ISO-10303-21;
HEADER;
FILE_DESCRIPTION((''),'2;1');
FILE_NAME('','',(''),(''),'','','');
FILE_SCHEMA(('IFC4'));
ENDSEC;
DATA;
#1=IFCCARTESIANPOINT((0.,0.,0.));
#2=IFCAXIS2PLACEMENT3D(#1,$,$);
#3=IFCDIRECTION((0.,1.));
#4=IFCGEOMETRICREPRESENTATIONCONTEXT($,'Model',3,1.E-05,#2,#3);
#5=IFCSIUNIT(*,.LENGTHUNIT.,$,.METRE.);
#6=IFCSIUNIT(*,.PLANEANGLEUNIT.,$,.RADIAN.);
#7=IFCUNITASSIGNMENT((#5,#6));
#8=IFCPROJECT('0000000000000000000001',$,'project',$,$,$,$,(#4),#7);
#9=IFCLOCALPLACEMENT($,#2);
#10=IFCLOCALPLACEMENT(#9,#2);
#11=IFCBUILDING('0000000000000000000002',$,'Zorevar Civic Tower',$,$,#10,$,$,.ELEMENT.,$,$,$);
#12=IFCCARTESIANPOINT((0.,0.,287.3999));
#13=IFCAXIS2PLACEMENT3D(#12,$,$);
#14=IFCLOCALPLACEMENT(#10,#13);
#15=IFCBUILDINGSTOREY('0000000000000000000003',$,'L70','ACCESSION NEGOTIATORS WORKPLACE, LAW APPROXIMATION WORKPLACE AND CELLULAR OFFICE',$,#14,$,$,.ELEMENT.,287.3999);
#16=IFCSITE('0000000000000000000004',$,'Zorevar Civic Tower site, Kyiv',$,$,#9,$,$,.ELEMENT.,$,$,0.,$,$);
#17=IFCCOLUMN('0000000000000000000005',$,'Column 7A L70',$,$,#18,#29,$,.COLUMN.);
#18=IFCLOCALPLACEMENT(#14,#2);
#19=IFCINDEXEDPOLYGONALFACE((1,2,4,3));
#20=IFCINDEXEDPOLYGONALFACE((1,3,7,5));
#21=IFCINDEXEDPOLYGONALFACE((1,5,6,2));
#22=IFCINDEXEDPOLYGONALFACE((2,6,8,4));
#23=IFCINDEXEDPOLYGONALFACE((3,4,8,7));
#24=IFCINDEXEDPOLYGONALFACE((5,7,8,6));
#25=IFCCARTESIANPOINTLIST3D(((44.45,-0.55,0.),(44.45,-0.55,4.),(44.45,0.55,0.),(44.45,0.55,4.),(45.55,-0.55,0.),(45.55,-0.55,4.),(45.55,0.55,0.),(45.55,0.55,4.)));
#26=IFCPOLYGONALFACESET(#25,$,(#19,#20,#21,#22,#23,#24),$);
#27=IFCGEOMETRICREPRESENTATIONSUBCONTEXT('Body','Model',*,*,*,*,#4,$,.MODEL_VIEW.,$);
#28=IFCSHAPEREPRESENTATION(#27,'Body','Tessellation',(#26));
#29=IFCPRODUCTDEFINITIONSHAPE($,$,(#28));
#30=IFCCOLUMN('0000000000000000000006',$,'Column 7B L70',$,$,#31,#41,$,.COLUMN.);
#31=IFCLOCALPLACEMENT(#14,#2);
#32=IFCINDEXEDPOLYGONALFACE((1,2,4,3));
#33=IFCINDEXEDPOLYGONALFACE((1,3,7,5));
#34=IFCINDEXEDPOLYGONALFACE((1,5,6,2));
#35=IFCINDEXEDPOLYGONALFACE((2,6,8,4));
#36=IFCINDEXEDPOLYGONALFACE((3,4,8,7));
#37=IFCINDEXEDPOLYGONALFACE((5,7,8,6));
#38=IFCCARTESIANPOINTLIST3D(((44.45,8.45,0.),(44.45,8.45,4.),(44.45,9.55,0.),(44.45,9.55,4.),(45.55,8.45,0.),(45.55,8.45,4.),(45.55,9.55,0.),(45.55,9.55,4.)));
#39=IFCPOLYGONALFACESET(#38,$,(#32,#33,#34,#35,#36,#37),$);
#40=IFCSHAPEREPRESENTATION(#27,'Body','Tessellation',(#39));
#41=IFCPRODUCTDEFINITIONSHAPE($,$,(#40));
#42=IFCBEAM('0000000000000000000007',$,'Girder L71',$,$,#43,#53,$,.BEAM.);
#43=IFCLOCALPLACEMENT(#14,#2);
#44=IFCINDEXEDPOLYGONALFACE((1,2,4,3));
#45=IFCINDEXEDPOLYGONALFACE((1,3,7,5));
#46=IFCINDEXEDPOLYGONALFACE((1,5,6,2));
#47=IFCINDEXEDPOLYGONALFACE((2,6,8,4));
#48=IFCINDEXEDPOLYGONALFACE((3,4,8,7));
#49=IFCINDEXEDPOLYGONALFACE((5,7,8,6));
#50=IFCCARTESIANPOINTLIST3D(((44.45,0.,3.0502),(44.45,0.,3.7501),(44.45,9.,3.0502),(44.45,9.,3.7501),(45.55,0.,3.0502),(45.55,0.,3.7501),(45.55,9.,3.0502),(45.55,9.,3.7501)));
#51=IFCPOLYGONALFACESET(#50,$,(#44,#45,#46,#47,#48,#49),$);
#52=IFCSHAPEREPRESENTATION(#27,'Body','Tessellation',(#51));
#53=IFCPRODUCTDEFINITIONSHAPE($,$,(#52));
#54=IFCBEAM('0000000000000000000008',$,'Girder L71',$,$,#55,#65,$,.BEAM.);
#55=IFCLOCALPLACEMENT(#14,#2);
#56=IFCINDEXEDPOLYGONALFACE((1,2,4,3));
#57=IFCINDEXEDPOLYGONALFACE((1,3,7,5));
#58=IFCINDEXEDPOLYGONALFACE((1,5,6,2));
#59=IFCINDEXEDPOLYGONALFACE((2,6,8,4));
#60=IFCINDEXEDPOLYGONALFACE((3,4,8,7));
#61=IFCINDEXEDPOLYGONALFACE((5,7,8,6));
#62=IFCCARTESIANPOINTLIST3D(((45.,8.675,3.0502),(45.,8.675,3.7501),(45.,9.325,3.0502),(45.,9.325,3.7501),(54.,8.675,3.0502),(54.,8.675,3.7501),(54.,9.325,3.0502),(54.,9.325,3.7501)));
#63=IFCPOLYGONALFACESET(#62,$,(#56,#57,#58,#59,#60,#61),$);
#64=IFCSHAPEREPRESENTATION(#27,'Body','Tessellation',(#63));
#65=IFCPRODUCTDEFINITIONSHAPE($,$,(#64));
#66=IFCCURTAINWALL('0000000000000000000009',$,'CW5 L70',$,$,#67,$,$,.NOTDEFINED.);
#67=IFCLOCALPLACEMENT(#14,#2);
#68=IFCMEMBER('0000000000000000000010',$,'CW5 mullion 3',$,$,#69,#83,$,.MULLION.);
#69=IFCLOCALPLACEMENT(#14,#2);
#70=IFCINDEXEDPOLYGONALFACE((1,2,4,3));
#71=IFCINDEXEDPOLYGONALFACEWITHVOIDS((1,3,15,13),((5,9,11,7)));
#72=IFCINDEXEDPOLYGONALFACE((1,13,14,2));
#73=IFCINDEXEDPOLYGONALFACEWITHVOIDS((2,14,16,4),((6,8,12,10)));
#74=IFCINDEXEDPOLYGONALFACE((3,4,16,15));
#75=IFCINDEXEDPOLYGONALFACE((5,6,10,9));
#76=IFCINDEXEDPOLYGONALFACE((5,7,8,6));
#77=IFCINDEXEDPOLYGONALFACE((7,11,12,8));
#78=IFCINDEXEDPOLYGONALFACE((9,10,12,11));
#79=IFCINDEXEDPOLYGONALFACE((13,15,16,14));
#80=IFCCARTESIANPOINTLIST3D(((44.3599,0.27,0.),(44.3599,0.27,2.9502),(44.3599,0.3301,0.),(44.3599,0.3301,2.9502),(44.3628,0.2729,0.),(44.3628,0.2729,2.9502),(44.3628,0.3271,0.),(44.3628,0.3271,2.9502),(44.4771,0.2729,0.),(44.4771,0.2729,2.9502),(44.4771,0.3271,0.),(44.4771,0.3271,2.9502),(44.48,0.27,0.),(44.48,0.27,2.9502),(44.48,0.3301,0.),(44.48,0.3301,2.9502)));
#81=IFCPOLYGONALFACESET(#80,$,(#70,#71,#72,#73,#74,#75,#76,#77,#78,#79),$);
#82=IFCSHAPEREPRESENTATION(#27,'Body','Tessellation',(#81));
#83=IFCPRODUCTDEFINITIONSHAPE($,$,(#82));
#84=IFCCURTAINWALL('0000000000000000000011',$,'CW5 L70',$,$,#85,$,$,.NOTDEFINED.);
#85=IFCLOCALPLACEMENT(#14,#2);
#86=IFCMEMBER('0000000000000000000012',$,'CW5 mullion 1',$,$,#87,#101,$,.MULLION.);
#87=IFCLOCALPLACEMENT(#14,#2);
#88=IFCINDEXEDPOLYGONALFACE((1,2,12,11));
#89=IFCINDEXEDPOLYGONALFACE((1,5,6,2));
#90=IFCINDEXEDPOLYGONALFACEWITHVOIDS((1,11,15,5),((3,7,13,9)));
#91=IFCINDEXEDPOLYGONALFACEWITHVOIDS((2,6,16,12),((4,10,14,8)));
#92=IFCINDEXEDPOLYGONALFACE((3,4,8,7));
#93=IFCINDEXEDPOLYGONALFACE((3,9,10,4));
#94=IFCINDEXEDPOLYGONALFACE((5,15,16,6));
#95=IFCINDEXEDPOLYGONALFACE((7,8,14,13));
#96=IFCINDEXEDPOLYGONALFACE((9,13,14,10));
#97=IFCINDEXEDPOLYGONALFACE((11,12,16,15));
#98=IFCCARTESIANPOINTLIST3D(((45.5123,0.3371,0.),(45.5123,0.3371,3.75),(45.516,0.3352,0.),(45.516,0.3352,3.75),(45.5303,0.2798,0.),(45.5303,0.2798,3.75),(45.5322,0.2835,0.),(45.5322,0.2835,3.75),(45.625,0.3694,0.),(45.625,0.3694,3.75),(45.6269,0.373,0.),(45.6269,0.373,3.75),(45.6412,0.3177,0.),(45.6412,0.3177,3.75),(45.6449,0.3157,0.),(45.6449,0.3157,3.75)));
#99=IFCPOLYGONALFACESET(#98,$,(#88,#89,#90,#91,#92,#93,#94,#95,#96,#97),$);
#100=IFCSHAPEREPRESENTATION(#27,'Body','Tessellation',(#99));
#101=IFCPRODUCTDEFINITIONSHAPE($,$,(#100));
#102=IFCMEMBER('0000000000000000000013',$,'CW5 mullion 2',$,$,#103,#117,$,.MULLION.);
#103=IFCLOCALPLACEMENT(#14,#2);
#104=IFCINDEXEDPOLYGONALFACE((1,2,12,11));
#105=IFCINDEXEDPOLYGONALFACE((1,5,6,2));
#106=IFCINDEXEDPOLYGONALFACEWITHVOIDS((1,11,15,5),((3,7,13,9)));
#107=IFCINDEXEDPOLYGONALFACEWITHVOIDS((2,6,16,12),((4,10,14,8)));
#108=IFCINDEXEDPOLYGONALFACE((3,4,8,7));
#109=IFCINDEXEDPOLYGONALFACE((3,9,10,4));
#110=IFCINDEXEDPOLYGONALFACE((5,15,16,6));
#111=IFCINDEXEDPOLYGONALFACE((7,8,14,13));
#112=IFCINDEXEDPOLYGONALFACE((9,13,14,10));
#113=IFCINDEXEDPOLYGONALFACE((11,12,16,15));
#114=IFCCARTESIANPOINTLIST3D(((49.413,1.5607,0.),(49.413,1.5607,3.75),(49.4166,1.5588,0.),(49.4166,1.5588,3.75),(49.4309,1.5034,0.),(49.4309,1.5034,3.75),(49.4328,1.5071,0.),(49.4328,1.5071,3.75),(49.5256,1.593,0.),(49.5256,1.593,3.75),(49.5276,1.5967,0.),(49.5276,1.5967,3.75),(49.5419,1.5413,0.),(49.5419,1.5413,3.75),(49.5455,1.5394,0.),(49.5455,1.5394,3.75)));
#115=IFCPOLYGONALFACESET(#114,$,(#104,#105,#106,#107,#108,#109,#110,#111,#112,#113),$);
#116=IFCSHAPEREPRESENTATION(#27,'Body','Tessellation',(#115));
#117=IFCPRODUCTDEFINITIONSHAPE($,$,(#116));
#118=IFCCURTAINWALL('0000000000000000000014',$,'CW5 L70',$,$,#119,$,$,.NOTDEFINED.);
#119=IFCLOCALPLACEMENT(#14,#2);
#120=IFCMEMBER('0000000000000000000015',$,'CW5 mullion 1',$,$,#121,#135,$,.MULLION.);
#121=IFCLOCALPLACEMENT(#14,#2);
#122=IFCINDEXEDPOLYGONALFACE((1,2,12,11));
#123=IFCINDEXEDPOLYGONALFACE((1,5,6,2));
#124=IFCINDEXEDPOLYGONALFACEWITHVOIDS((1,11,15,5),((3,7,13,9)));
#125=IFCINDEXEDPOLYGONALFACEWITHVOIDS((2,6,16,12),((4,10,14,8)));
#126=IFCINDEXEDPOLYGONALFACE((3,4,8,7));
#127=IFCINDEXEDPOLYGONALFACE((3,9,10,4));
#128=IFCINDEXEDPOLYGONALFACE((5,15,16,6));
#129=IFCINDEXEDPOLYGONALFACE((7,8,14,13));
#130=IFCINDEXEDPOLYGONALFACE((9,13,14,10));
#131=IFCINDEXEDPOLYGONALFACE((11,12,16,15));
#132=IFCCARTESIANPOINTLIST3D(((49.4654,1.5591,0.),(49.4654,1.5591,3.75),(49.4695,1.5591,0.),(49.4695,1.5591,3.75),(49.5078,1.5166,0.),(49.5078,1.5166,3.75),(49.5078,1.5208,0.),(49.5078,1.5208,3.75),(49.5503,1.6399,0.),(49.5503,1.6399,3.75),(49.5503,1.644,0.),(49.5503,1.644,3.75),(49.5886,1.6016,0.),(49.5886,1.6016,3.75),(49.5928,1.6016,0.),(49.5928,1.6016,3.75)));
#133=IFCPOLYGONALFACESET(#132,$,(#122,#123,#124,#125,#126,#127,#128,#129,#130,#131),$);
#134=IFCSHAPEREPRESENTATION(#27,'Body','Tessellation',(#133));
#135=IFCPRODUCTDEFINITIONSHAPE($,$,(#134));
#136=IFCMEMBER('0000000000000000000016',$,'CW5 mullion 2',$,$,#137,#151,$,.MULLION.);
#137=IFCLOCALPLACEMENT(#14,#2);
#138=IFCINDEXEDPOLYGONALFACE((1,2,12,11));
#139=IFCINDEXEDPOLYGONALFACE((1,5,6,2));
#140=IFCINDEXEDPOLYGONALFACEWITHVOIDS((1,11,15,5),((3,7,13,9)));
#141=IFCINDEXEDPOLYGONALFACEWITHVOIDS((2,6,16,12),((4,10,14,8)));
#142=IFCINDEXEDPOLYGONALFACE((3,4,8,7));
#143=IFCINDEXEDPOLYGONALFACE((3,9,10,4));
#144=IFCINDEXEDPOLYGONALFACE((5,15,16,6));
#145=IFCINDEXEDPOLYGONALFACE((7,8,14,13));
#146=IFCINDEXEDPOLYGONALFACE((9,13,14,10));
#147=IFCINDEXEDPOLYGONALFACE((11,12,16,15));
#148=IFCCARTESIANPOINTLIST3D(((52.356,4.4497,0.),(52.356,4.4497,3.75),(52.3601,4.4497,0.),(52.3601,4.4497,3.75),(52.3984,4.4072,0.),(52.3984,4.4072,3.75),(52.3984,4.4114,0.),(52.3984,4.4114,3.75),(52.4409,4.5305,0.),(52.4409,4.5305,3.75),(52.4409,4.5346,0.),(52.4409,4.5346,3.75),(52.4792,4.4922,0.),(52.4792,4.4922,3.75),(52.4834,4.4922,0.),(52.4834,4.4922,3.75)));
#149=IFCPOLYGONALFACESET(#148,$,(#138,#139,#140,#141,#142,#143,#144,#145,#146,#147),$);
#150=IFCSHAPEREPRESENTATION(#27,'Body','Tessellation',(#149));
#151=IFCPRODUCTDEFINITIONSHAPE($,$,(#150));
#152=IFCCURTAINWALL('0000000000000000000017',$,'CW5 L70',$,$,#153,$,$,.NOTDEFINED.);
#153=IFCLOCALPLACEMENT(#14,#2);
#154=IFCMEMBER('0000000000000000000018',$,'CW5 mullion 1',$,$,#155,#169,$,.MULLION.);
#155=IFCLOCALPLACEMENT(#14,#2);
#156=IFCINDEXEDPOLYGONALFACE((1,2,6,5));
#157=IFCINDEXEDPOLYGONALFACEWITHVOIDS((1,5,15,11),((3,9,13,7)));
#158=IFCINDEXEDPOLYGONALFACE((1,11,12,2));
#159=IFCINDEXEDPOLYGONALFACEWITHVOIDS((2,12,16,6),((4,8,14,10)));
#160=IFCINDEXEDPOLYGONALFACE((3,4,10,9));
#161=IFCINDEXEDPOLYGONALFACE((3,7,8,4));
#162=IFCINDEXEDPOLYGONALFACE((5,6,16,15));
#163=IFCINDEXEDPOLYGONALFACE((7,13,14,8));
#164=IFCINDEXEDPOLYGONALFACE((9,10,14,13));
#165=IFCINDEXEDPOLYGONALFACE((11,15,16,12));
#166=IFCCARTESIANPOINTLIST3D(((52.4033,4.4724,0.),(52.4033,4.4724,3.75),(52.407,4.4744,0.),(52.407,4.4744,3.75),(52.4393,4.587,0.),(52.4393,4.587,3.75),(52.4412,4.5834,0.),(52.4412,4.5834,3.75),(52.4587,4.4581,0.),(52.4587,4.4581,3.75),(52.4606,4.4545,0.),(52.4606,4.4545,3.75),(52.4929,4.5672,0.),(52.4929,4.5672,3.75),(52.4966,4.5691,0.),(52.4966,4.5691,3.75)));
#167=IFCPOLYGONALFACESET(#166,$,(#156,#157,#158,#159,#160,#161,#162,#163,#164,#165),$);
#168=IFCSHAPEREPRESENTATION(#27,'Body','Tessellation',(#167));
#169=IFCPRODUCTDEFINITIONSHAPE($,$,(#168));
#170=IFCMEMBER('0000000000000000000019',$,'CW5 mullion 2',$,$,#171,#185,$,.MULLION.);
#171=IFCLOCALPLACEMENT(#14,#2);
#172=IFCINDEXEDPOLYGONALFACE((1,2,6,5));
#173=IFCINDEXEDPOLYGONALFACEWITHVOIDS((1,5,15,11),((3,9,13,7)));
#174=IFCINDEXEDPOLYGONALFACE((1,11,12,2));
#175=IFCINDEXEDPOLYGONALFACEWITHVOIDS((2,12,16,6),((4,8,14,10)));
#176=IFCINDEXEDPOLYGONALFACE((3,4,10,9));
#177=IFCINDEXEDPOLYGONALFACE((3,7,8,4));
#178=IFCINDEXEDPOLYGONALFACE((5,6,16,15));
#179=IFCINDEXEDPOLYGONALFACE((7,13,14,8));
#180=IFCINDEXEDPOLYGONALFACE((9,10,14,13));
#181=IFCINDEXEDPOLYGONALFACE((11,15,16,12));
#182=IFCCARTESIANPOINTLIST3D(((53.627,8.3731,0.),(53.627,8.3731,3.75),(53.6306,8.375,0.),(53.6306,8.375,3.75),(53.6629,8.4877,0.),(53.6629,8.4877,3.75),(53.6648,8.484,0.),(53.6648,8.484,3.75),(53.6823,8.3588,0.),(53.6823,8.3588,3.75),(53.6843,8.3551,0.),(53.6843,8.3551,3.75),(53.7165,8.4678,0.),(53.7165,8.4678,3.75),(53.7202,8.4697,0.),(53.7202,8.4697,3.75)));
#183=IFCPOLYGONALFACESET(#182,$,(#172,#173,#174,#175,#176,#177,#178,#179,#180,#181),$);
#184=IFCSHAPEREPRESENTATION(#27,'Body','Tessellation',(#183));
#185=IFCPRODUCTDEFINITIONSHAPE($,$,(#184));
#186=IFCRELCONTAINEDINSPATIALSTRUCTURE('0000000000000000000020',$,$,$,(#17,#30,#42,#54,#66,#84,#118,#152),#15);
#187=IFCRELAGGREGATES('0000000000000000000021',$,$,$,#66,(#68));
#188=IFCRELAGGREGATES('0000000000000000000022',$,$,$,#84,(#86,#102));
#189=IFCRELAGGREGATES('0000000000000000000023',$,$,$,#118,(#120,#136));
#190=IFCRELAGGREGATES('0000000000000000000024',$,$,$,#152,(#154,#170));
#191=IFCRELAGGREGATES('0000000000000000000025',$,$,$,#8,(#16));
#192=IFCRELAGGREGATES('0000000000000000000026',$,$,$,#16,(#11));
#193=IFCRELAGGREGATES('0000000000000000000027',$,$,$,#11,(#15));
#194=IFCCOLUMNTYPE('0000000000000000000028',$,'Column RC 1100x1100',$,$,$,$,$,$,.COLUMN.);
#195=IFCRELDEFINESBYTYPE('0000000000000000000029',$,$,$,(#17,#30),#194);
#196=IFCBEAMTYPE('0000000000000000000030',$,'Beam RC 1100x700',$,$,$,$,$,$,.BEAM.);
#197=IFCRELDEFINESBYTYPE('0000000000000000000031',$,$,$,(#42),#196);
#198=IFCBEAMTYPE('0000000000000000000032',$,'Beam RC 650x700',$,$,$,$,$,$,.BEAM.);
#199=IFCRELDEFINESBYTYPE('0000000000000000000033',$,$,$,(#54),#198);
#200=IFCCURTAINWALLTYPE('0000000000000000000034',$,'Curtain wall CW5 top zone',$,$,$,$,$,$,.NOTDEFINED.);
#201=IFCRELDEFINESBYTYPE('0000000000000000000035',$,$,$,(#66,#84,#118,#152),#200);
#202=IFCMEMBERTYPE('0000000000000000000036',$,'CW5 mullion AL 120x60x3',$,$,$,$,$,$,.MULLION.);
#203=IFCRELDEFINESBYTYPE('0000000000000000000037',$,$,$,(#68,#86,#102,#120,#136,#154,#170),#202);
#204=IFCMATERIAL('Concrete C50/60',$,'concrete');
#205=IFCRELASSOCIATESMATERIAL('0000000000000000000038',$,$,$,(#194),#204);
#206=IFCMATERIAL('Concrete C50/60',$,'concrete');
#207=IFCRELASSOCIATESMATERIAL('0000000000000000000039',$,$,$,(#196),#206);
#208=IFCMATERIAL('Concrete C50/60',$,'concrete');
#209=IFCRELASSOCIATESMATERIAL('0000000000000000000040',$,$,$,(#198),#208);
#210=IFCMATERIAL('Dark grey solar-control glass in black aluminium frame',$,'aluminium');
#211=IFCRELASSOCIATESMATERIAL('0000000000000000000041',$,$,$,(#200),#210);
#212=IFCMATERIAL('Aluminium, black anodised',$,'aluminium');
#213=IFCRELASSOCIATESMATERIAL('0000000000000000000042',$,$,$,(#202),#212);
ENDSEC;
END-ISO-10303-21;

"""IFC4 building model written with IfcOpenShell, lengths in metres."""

from ifc_helpers import new_model, si_unit, direction, frame, origin, origin_2d, place, context, subcontext, project, spatial, rectangle, hollow_rectangle, extrude, material, material_profile, profile_set, type_object, element, aggregate, save


model = new_model("IFC4")

# Units and contexts
model_context = context("Model", 3, precision=1e-05, world=origin(), true_north=direction((0.0, 1.0)))
body_context = subcontext(model_context, "Body", "Model", "MODEL_VIEW")
ifc_project = project(units=[si_unit("LENGTHUNIT", "METRE"), si_unit("PLANEANGLEUNIT", "RADIAN")], contexts=[model_context])

# Site, building, storey
site_placement = place(None, origin())
site = spatial("IfcSite", under=ifc_project, at=site_placement, Name="Zorevar Civic Tower site, Kyiv", CompositionType="ELEMENT", RefElevation=0.0)
building_placement = place(site_placement, origin())
building = spatial("IfcBuilding", under=site, at=building_placement, Name="Zorevar Civic Tower", CompositionType="ELEMENT")
storey_placement = place(building_placement, frame((0.0, 0.0, 287.3999)))
storey = spatial("IfcBuildingStorey", under=building, at=storey_placement, Name="L70", Description="ACCESSION NEGOTIATORS WORKPLACE, LAW APPROXIMATION WORKPLACE AND CELLULAR OFFICE", CompositionType="ELEMENT", Elevation=287.3999)

# Columns
ifc_material_1 = material(Name="Concrete C50/60", Category="concrete")
ifc_material_profile_1 = material_profile(ifc_material_1, rectangle(XDim=1.1001, YDim=1.1001, at=origin_2d()), Name="RC 1100x1100")
ifc_profile_set_1 = profile_set([ifc_material_profile_1], Name="Concrete C50/60")
column_type = type_object("IfcColumnType", Name="Column RC 1100x1100", PredefinedType="COLUMN", material=ifc_profile_set_1)
for number, where, z_axis, x_axis, name in (
    (1, (45.0, 0.0, 0.0), (0.0, 0.0, 1.0), (1.0, 0.0, 0.0), "Column 7A L70"),
    (2, (45.0, 9.0, 0.0), (0.0, 0.0, 1.0), (1.0, 0.0, 0.0), "Column 7B L70"),
):
    element("IfcColumn", number, at=place(storey_placement, frame(where, z_axis=z_axis, x_axis=x_axis)), inside=storey, type_object=column_type, Name=name, PredefinedType="COLUMN", context=body_context, shape_type="SweptSolid", body=[
        extrude(rectangle(XDim=1.1001, YDim=1.1001, at=origin_2d()), origin(), (0.0, 0.0, 1.0), 4.0),
    ])

# Beams
ifc_material_2 = material(Name="Concrete C50/60", Category="concrete")
ifc_material_profile_2 = material_profile(ifc_material_2, rectangle(XDim=1.1001, YDim=0.7, at=origin_2d()), Name="RC 1100x700")
ifc_profile_set_2 = profile_set([ifc_material_profile_2], Name="Concrete C50/60")
beam_type_1 = type_object("IfcBeamType", Name="Beam RC 1100x700", PredefinedType="BEAM", material=ifc_profile_set_2)
beam_1_placement = place(storey_placement, frame((45.0, 0.0, 3.4001), z_axis=(0.0, 1.0, 0.0), x_axis=(-1.0, 0.0, 0.0)))
element("IfcBeam", 3, at=beam_1_placement, inside=storey, type_object=beam_type_1, Name="Girder L71", PredefinedType="BEAM", context=body_context, shape_type="SweptSolid", body=[
    extrude(rectangle(XDim=1.1001, YDim=0.7, at=origin_2d()), origin(), (0.0, 0.0, 1.0), 9.0),
])
ifc_material_3 = material(Name="Concrete C50/60", Category="concrete")
ifc_material_profile_3 = material_profile(ifc_material_3, rectangle(XDim=0.6499, YDim=0.7, at=origin_2d()), Name="RC 650x700")
ifc_profile_set_3 = profile_set([ifc_material_profile_3], Name="Concrete C50/60")
beam_type_2 = type_object("IfcBeamType", Name="Beam RC 650x700", PredefinedType="BEAM", material=ifc_profile_set_3)
beam_2_placement = place(storey_placement, frame((45.0, 9.0, 3.4001), z_axis=(1.0, 0.0, 0.0), x_axis=(0.0, 1.0, 0.0)))
element("IfcBeam", 4, at=beam_2_placement, inside=storey, type_object=beam_type_2, Name="Girder L71", PredefinedType="BEAM", context=body_context, shape_type="SweptSolid", body=[
    extrude(rectangle(XDim=0.6499, YDim=0.7, at=origin_2d()), origin(), (0.0, 0.0, 1.0), 9.0),
])

# Curtain wall, member
ifc_material_4 = material(Name="Dark grey solar-control glass in black aluminium frame", Category="aluminium")
curtain_wall_type = type_object("IfcCurtainWallType", Name="Curtain wall CW5 top zone", PredefinedType="NOTDEFINED", material=ifc_material_4)
curtain_wall_1_placement = place(storey_placement, origin())
curtain_wall_1 = element("IfcCurtainWall", 5, at=curtain_wall_1_placement, inside=storey, type_object=curtain_wall_type, Name="CW5 L70", PredefinedType="NOTDEFINED")
ifc_material_5 = material(Name="Aluminium, black anodised", Category="aluminium")
ifc_material_profile_4 = material_profile(ifc_material_5, hollow_rectangle(XDim=0.0601, YDim=0.1201, WallThickness=0.0029, at=origin_2d()), Name="AL 120x60x3")
ifc_profile_set_4 = profile_set([ifc_material_profile_4], Name="Aluminium, black anodised")
member_type_1 = type_object("IfcMemberType", Name="CW5 mullion AL 120x60x3", PredefinedType="MULLION", material=ifc_profile_set_4)
member_1_placement = place(storey_placement, frame((44.4199, 0.3, 0.0), z_axis=(0.0, 0.0, 1.0), x_axis=(0.0, 1.0, 0.0)))
member_1 = element("IfcMember", 6, at=member_1_placement, type_object=member_type_1, Name="CW5 mullion 3", PredefinedType="MULLION", context=body_context, shape_type="SweptSolid", body=[
    extrude(hollow_rectangle(XDim=0.0601, YDim=0.1201, WallThickness=0.0029, at=origin_2d()), origin(), (0.0, 0.0, 1.0), 2.9502),
])

# Curtain walls, members
curtain_wall_2_placement = place(storey_placement, origin())
curtain_wall_2 = element("IfcCurtainWall", 7, at=curtain_wall_2_placement, inside=storey, type_object=curtain_wall_type, Name="CW5 L70", PredefinedType="NOTDEFINED")
member_2_placement = place(storey_placement, frame((45.5786, 0.3264, 0.0), z_axis=(0.0, 0.0, 1.0), x_axis=(-0.299318, 0.954153, 0.0)))
member_2 = element("IfcMember", 8, at=member_2_placement, type_object=member_type_1, Name="CW5 mullion 1", PredefinedType="MULLION", context=body_context, shape_type="SweptSolid", body=[
    extrude(hollow_rectangle(XDim=0.0601, YDim=0.1201, WallThickness=0.0029, at=origin_2d()), origin(), (0.0, 0.0, 1.0), 3.75),
])
member_3_placement = place(storey_placement, frame((49.4792, 1.55, 0.0), z_axis=(0.0, 0.0, 1.0), x_axis=(-0.299318, 0.954153, 0.0)))
member_3 = element("IfcMember", 9, at=member_3_placement, type_object=member_type_1, Name="CW5 mullion 2", PredefinedType="MULLION", context=body_context, shape_type="SweptSolid", body=[
    extrude(hollow_rectangle(XDim=0.0601, YDim=0.1201, WallThickness=0.0029, at=origin_2d()), origin(), (0.0, 0.0, 1.0), 3.75),
])
curtain_wall_3_placement = place(storey_placement, origin())
curtain_wall_3 = element("IfcCurtainWall", 10, at=curtain_wall_3_placement, inside=storey, type_object=curtain_wall_type, Name="CW5 L70", PredefinedType="NOTDEFINED")
member_4_placement = place(storey_placement, frame((49.5291, 1.5803, 0.0), z_axis=(0.0, 0.0, 1.0), x_axis=(-0.707107, 0.707107, 0.0)))
member_4 = element("IfcMember", 11, at=member_4_placement, type_object=member_type_1, Name="CW5 mullion 1", PredefinedType="MULLION", context=body_context, shape_type="SweptSolid", body=[
    extrude(hollow_rectangle(XDim=0.0601, YDim=0.1201, WallThickness=0.0029, at=origin_2d()), origin(), (0.0, 0.0, 1.0), 3.75),
])
member_5_placement = place(storey_placement, frame((52.4197, 4.4709, 0.0), z_axis=(0.0, 0.0, 1.0), x_axis=(-0.707107, 0.707107, 0.0)))
member_5 = element("IfcMember", 12, at=member_5_placement, type_object=member_type_1, Name="CW5 mullion 2", PredefinedType="MULLION", context=body_context, shape_type="SweptSolid", body=[
    extrude(hollow_rectangle(XDim=0.0601, YDim=0.1201, WallThickness=0.0029, at=origin_2d()), origin(), (0.0, 0.0, 1.0), 3.75),
])
curtain_wall_4_placement = place(storey_placement, origin())
curtain_wall_4 = element("IfcCurtainWall", 13, at=curtain_wall_4_placement, inside=storey, type_object=curtain_wall_type, Name="CW5 L70", PredefinedType="NOTDEFINED")
member_6_placement = place(storey_placement, frame((52.45, 4.5208, 0.0), z_axis=(0.0, 0.0, 1.0), x_axis=(-0.954153, 0.299318, 0.0)))
member_6 = element("IfcMember", 14, at=member_6_placement, type_object=member_type_1, Name="CW5 mullion 1", PredefinedType="MULLION", context=body_context, shape_type="SweptSolid", body=[
    extrude(hollow_rectangle(XDim=0.0601, YDim=0.1201, WallThickness=0.0029, at=origin_2d()), origin(), (0.0, 0.0, 1.0), 3.75),
])
member_7_placement = place(storey_placement, frame((53.6736, 8.4214, 0.0), z_axis=(0.0, 0.0, 1.0), x_axis=(-0.954153, 0.299318, 0.0)))
member_7 = element("IfcMember", 15, at=member_7_placement, type_object=member_type_1, Name="CW5 mullion 2", PredefinedType="MULLION", context=body_context, shape_type="SweptSolid", body=[
    extrude(hollow_rectangle(XDim=0.0601, YDim=0.1201, WallThickness=0.0029, at=origin_2d()), origin(), (0.0, 0.0, 1.0), 3.75),
])

aggregate(curtain_wall_1, [member_1])
aggregate(curtain_wall_2, [member_2, member_3])
aggregate(curtain_wall_3, [member_4, member_5])
aggregate(curtain_wall_4, [member_6, member_7])

save(model, "model.ifc")
